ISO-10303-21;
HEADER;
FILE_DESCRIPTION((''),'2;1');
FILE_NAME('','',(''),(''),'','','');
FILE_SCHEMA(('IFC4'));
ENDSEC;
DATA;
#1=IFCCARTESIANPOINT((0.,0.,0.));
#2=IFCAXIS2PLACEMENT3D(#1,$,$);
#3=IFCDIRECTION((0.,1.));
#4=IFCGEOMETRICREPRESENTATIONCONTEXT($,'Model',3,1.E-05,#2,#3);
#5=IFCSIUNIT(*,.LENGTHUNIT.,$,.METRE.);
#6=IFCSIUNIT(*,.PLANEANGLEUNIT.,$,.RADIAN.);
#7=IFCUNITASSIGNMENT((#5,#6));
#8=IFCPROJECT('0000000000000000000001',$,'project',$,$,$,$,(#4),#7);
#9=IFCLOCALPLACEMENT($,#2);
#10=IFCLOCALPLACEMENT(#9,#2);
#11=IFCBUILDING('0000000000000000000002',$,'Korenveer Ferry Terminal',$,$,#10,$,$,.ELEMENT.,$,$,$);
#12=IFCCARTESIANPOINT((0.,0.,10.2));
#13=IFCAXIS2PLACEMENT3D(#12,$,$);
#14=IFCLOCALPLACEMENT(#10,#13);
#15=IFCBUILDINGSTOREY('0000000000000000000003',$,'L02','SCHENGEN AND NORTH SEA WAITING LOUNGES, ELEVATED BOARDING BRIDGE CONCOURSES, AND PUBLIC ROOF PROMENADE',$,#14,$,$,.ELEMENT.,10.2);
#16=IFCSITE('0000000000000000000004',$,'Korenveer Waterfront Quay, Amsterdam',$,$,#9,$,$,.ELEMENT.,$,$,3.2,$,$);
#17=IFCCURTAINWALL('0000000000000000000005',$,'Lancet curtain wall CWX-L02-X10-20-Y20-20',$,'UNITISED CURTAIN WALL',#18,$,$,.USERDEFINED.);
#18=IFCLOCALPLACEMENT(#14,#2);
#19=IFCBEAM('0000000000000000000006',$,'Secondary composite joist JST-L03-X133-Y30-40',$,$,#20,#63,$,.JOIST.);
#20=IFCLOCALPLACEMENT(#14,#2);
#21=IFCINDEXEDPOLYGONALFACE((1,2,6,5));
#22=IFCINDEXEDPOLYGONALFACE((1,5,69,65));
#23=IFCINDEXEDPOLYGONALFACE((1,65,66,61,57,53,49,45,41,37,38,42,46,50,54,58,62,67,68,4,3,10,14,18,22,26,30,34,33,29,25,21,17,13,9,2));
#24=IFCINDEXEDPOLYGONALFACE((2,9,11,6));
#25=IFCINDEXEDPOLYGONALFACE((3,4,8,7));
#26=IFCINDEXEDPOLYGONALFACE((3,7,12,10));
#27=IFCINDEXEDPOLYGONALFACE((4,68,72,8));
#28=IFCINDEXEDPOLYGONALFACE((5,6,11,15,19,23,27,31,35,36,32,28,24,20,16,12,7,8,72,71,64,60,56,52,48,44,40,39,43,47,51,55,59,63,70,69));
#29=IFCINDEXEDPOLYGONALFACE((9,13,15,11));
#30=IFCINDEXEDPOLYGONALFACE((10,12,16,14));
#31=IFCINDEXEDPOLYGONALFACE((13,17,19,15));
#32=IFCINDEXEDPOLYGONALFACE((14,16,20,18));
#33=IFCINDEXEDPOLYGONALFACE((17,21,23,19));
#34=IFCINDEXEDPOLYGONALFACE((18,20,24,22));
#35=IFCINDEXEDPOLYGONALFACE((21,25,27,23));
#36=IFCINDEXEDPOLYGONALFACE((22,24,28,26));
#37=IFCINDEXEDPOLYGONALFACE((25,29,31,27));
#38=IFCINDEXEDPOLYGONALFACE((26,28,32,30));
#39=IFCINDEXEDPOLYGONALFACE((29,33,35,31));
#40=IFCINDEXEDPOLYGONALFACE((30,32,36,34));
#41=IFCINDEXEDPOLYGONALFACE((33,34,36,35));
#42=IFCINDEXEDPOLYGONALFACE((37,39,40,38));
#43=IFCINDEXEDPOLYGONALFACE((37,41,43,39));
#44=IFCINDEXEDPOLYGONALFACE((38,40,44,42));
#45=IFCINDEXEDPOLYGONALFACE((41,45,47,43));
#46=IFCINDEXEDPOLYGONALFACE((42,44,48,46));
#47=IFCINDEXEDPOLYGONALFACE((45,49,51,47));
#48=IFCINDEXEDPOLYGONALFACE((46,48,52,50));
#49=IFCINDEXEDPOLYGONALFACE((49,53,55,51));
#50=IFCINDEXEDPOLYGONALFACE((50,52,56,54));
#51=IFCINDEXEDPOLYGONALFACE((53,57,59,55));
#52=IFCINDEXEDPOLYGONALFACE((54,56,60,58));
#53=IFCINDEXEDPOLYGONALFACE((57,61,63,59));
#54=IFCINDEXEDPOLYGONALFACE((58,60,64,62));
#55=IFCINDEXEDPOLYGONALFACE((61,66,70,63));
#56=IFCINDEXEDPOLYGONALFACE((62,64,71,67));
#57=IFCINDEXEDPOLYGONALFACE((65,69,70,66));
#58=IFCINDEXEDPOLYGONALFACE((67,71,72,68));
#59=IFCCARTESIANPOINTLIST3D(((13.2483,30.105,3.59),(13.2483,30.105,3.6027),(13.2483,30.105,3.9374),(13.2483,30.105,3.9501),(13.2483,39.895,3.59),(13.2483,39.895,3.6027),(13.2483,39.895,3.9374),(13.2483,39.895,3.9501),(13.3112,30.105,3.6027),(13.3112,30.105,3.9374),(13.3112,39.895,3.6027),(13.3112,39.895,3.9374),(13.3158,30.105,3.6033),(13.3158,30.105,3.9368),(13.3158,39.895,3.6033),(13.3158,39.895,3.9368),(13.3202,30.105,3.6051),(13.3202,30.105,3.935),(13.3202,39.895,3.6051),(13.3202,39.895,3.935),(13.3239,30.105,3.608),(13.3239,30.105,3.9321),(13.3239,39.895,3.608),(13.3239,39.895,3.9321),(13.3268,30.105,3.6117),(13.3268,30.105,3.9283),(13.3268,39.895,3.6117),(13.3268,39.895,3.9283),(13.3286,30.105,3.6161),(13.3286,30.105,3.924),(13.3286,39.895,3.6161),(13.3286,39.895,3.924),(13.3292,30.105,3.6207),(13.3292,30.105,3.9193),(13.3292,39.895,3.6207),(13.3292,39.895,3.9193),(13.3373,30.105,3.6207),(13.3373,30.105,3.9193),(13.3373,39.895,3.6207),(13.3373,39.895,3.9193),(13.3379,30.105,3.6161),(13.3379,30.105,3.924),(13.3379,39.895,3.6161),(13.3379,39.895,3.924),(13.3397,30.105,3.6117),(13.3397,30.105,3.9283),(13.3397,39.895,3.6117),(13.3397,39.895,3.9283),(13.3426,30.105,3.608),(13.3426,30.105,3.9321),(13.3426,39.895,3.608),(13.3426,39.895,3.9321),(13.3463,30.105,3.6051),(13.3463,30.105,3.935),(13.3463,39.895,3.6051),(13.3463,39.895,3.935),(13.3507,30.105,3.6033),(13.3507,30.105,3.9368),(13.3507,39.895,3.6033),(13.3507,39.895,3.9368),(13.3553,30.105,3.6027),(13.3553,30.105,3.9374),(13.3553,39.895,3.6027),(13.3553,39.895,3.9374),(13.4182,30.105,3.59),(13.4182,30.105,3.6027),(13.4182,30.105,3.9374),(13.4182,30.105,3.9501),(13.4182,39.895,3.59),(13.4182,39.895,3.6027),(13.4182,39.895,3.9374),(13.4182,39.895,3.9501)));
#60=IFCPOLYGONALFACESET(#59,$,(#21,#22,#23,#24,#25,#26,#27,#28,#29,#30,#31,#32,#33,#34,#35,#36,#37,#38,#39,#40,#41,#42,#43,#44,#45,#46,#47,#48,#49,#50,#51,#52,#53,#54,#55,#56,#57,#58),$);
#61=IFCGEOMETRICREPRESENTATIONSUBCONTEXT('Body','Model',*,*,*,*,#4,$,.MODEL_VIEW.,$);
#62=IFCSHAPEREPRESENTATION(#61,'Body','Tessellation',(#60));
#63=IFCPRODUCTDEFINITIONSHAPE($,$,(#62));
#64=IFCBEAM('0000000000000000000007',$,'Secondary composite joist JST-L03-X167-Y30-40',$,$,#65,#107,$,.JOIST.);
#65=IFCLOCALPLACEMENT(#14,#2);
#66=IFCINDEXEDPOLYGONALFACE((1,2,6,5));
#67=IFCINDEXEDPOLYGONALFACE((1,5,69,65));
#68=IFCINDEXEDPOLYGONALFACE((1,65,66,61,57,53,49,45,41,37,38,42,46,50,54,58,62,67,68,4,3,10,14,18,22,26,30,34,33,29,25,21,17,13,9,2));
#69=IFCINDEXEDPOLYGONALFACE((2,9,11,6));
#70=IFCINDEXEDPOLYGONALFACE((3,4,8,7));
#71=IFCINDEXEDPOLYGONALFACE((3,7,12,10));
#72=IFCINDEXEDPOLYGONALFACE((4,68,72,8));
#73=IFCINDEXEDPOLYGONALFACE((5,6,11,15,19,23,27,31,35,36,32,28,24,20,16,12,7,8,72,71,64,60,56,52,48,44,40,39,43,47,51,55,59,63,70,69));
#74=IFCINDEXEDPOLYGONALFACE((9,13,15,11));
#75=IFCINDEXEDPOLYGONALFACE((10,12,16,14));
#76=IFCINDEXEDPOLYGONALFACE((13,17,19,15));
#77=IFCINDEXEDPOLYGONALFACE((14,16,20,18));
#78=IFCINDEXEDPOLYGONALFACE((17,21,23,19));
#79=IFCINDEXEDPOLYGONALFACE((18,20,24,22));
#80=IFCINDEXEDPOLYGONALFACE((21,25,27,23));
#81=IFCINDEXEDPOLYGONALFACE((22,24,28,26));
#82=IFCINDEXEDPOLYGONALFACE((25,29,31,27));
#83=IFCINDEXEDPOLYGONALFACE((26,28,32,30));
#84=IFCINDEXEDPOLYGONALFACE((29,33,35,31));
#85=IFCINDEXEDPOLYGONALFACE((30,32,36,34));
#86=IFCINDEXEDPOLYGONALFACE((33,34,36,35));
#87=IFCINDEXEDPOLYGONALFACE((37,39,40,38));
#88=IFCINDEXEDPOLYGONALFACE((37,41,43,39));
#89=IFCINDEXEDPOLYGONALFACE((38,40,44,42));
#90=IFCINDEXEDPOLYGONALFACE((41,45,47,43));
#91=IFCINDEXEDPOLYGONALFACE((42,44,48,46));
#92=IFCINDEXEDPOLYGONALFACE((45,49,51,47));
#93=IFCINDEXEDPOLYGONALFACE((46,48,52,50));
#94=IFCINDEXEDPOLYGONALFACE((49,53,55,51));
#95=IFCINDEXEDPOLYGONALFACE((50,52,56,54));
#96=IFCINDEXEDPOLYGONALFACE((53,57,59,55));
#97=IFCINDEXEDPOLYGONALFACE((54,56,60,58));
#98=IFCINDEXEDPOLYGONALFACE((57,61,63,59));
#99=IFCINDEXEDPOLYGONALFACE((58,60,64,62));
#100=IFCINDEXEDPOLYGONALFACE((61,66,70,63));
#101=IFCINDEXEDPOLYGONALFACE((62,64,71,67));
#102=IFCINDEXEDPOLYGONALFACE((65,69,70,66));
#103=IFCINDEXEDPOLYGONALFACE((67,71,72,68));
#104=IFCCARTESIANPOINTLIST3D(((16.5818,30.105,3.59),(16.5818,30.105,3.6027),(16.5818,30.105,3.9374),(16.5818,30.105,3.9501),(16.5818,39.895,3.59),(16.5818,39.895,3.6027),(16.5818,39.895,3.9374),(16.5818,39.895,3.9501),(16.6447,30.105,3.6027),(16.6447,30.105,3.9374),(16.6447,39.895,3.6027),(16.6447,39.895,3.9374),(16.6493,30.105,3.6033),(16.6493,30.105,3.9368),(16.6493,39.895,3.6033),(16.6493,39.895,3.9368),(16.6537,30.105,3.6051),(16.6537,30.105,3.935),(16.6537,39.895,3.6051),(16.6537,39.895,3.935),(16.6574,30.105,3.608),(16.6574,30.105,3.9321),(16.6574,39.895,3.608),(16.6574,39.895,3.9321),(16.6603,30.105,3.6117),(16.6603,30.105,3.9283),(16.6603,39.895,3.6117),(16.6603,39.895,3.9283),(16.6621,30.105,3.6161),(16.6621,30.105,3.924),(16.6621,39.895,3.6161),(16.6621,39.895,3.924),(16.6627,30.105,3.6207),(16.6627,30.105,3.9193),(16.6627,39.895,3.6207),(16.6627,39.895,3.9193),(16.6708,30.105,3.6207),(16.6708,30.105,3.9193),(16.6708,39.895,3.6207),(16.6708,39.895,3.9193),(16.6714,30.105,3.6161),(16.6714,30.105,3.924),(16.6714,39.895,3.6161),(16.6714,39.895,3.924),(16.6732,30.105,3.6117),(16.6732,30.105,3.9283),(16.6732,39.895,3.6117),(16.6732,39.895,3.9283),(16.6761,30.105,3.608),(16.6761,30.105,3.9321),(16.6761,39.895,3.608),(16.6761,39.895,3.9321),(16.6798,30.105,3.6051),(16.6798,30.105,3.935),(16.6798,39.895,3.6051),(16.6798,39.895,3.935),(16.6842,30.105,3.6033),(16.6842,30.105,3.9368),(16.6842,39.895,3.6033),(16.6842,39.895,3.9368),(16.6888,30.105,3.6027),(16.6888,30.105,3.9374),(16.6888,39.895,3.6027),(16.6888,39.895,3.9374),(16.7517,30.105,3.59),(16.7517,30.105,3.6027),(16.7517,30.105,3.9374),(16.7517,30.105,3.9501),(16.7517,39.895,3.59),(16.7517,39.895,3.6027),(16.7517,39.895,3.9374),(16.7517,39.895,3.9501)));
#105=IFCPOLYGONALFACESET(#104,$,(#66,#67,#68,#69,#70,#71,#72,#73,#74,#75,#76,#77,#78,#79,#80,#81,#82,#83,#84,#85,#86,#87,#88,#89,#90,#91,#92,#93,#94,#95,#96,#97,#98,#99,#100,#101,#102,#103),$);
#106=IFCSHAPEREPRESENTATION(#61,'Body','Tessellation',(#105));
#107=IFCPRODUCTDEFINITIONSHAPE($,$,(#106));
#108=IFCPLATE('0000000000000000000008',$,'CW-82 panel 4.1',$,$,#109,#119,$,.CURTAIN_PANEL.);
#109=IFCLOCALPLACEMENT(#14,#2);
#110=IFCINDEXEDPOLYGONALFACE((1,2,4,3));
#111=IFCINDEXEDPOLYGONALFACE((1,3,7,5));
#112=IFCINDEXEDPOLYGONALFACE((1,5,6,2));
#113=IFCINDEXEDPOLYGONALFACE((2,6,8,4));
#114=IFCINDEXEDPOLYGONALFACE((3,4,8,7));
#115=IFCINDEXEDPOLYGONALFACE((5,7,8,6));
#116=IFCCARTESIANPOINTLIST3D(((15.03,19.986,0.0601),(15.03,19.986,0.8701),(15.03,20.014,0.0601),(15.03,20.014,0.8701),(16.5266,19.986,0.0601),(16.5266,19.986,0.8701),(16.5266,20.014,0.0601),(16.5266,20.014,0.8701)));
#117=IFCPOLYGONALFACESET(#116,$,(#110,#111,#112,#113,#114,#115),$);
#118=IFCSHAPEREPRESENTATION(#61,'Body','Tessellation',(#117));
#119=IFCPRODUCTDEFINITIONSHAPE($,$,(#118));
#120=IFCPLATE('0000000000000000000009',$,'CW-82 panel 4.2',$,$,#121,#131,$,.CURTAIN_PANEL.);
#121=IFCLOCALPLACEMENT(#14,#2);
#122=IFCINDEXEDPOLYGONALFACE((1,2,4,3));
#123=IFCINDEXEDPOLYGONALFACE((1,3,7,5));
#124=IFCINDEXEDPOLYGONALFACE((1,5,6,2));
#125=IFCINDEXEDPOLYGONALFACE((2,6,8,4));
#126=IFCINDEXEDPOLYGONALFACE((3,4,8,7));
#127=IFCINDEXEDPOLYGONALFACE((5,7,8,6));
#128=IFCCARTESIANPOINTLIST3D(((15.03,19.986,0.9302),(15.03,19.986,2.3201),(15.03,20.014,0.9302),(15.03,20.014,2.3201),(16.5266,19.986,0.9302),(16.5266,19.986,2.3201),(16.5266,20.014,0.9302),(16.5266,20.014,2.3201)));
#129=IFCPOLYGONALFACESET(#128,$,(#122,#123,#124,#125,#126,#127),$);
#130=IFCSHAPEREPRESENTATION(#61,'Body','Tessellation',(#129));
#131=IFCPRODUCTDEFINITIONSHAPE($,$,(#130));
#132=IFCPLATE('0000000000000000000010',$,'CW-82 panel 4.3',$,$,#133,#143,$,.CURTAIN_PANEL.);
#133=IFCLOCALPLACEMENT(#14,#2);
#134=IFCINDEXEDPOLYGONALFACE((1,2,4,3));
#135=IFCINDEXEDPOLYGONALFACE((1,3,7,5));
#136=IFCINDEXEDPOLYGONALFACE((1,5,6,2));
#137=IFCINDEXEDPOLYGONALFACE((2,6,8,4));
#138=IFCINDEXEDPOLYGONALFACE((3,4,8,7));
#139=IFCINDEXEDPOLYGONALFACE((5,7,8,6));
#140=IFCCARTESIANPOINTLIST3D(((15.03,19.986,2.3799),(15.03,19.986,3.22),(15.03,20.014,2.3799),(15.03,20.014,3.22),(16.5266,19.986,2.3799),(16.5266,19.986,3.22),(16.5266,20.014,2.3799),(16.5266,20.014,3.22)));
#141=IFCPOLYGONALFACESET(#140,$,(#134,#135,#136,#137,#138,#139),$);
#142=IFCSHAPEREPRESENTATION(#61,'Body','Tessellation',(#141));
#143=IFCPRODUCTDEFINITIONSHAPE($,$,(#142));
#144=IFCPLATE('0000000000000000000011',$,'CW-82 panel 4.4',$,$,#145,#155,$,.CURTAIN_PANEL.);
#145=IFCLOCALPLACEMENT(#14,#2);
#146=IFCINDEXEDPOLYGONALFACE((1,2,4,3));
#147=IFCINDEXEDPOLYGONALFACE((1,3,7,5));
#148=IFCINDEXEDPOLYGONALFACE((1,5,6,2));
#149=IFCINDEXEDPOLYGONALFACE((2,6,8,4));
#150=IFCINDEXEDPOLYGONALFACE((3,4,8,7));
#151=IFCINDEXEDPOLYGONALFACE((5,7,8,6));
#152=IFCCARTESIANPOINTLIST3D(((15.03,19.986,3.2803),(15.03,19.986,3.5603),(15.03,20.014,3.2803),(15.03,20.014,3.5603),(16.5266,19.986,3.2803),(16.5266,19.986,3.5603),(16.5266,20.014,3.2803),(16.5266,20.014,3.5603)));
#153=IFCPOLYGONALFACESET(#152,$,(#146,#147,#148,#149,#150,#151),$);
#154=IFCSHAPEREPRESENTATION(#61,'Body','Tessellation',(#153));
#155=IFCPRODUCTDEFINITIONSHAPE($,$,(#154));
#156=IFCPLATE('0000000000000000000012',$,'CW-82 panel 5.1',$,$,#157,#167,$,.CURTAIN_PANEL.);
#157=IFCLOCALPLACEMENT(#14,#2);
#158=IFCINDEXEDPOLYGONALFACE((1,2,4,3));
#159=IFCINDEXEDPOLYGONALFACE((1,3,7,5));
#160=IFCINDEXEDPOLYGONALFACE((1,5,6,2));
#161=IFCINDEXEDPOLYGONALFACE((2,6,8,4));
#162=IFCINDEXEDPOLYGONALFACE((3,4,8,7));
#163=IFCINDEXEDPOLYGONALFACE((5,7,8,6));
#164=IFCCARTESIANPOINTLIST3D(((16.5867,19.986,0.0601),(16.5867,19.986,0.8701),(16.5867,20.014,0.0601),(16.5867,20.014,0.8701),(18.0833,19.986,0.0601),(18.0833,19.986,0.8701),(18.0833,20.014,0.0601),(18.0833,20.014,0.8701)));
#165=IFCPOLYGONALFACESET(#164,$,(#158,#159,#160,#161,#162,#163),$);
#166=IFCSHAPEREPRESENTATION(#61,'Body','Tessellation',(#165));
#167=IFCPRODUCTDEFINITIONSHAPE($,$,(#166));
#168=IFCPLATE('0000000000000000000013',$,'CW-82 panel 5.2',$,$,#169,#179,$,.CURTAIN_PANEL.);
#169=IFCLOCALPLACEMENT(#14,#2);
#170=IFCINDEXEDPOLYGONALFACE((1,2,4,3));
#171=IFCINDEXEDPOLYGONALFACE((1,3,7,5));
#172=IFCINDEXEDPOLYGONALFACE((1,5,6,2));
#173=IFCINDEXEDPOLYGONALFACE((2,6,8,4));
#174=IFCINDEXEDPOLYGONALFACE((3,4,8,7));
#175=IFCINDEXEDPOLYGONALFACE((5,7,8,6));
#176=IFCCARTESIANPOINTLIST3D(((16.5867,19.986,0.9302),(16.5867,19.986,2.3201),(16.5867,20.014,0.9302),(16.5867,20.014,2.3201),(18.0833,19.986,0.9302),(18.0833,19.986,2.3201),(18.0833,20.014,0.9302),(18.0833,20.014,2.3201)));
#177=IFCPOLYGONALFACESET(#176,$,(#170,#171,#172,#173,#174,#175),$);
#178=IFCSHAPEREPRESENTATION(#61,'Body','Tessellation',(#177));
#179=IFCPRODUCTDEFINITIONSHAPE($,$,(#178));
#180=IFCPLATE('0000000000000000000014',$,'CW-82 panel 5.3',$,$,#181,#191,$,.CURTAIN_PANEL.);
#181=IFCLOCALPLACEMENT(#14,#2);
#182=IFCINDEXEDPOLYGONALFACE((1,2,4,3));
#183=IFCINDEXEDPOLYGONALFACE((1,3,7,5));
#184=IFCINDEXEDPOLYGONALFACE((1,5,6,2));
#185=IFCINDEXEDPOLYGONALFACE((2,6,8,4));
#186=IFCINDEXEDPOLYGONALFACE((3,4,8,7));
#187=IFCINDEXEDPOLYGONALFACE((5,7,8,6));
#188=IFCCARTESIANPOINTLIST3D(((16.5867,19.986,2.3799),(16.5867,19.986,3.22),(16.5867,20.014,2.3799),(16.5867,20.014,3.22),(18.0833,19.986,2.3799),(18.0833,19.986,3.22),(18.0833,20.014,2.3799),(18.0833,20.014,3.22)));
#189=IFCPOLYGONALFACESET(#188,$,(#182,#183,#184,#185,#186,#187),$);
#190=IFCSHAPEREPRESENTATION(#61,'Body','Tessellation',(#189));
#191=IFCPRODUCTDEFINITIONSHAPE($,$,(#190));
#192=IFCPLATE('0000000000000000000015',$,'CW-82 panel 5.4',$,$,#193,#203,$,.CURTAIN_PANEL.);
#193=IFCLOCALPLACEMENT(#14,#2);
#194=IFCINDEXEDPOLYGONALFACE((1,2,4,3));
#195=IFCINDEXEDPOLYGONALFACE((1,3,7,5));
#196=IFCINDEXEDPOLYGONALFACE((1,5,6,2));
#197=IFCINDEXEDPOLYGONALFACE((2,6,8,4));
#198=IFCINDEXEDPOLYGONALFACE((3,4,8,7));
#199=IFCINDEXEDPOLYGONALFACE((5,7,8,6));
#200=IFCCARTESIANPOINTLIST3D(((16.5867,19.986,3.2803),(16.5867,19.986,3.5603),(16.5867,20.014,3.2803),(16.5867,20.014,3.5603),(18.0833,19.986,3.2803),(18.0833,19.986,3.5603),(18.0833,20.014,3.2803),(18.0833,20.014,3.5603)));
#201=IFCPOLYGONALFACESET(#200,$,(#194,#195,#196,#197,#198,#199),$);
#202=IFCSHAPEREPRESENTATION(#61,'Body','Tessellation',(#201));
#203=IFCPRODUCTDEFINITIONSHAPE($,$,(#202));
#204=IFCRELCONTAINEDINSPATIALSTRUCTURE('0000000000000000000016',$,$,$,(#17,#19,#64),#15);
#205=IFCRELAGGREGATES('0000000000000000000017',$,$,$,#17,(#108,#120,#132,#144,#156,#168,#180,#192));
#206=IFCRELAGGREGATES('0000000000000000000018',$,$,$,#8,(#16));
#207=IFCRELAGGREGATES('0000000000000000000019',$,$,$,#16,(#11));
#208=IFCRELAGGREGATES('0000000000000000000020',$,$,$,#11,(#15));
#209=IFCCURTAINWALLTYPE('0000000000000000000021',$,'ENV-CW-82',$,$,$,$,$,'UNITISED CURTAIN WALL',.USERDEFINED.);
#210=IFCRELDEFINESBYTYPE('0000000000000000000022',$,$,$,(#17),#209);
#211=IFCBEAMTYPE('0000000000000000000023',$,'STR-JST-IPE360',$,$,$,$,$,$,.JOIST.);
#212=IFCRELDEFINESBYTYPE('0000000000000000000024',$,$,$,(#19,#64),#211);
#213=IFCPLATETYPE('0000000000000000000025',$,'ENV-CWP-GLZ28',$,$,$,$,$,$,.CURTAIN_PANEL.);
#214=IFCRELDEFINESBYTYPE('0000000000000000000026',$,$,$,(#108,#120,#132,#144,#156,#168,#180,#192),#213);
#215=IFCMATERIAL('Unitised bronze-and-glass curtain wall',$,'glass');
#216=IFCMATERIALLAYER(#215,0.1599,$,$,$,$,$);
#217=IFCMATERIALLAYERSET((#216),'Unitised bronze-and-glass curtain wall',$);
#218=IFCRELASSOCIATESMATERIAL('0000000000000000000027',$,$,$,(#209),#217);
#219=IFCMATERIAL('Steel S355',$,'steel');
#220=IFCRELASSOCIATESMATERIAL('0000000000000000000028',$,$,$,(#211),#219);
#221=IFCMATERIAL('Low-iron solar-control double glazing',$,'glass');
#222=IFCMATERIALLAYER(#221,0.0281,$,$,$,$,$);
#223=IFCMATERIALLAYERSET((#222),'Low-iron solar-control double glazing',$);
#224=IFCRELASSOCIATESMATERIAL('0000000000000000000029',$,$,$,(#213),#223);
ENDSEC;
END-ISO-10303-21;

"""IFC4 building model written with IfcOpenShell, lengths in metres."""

from ifc_helpers import new_model, si_unit, direction, frame, origin, origin_2d, place, context, subcontext, project, spatial, rectangle, i_section, extrude, material, layer, layer_set, material_profile, profile_set, type_object, element, aggregate, save


model = new_model("IFC4")

# Units and contexts
model_context = context("Model", 3, precision=1e-05, world=origin(), true_north=direction((0.0, 1.0)))
body_context = subcontext(model_context, "Body", "Model", "MODEL_VIEW")
ifc_project = project(units=[si_unit("LENGTHUNIT", "METRE"), si_unit("PLANEANGLEUNIT", "RADIAN")], contexts=[model_context])

# Site, building, storey
site_placement = place(None, origin())
site = spatial("IfcSite", under=ifc_project, at=site_placement, Name="Korenveer Waterfront Quay, Amsterdam", CompositionType="ELEMENT", RefElevation=3.2)
building_placement = place(site_placement, origin())
building = spatial("IfcBuilding", under=site, at=building_placement, Name="Korenveer Ferry Terminal", CompositionType="ELEMENT")
storey_placement = place(building_placement, frame((0.0, 0.0, 10.2)))
storey = spatial("IfcBuildingStorey", under=building, at=storey_placement, Name="L02", Description="SCHENGEN AND NORTH SEA WAITING LOUNGES, ELEVATED BOARDING BRIDGE CONCOURSES, AND PUBLIC ROOF PROMENADE", CompositionType="ELEMENT", Elevation=10.2)

# Curtain wall
ifc_material_1 = material(Name="Unitised bronze-and-glass curtain wall", Category="glass")
ifc_layer_1 = layer(ifc_material_1, 0.1599)
ifc_layer_set_1 = layer_set([ifc_layer_1], Name="Unitised bronze-and-glass curtain wall")
curtain_wall_type = type_object("IfcCurtainWallType", Name="ENV-CW-82", ElementType="UNITISED CURTAIN WALL", PredefinedType="USERDEFINED", material=ifc_layer_set_1)
curtain_wall_placement = place(storey_placement, frame((10.3301, 20.0, 0.0)))
curtain_wall = element("IfcCurtainWall", 1, at=curtain_wall_placement, inside=storey, type_object=curtain_wall_type, Name="Lancet curtain wall CWX-L02-X10-20-Y20-20", ObjectType="UNITISED CURTAIN WALL", PredefinedType="USERDEFINED")

# Beams
ifc_material_2 = material(Name="Steel S355", Category="steel")
ifc_material_profile_1 = material_profile(ifc_material_2, i_section(OverallWidth=0.1699, OverallDepth=0.3601, WebThickness=0.0081, FlangeThickness=0.0127, FilletRadius=0.0181, at=origin_2d()), Name="IPE 360")
ifc_profile_set_1 = profile_set([ifc_material_profile_1], Name="Steel S355")
beam_type = type_object("IfcBeamType", Name="STR-JST-IPE360", PredefinedType="JOIST", material=ifc_profile_set_1)
for number, where, z_axis, x_axis, name in (
    (2, (13.3333, 30.105, 3.77), (0.0, 1.0, 0.0), (-1.0, 0.0, 0.0), "Secondary composite joist JST-L03-X133-Y30-40"),
    (3, (16.6667, 30.105, 3.77), (0.0, 1.0, 0.0), (-1.0, 0.0, 0.0), "Secondary composite joist JST-L03-X167-Y30-40"),
):
    element("IfcBeam", number, at=place(storey_placement, frame(where, z_axis=z_axis, x_axis=x_axis)), inside=storey, type_object=beam_type, Name=name, PredefinedType="JOIST", context=body_context, shape_type="SweptSolid", body=[
        extrude(i_section(OverallWidth=0.1699, OverallDepth=0.3601, WebThickness=0.0081, FlangeThickness=0.0127, FilletRadius=0.0181, at=origin_2d()), origin(), (0.0, 0.0, 1.0), 9.79),
    ])

# Plates
ifc_material_3 = material(Name="Low-iron solar-control double glazing", Category="glass")
ifc_layer_2 = layer(ifc_material_3, 0.0281)
ifc_layer_set_2 = layer_set([ifc_layer_2], Name="Low-iron solar-control double glazing")
plate_type = type_object("IfcPlateType", Name="ENV-CWP-GLZ28", PredefinedType="CURTAIN_PANEL", material=ifc_layer_set_2)
plate_1_placement = place(storey_placement, frame((15.7783, 20.0, 0.0601), z_axis=(0.0, 0.0, 1.0), x_axis=(1.0, 0.0, 0.0)))
plate_1 = element("IfcPlate", 4, at=plate_1_placement, type_object=plate_type, Name="CW-82 panel 4.1", PredefinedType="CURTAIN_PANEL", context=body_context, shape_type="SweptSolid", body=[
    extrude(rectangle(XDim=1.4966, YDim=0.0281, at=origin_2d()), origin(), (0.0, 0.0, 1.0), 0.8101),
])
plate_2_placement = place(storey_placement, frame((15.7783, 20.0, 0.9302), z_axis=(0.0, 0.0, 1.0), x_axis=(1.0, 0.0, 0.0)))
plate_2 = element("IfcPlate", 5, at=plate_2_placement, type_object=plate_type, Name="CW-82 panel 4.2", PredefinedType="CURTAIN_PANEL", context=body_context, shape_type="SweptSolid", body=[
    extrude(rectangle(XDim=1.4966, YDim=0.0281, at=origin_2d()), origin(), (0.0, 0.0, 1.0), 1.3899),
])
plate_3_placement = place(storey_placement, frame((15.7783, 20.0, 2.3799), z_axis=(0.0, 0.0, 1.0), x_axis=(1.0, 0.0, 0.0)))
plate_3 = element("IfcPlate", 6, at=plate_3_placement, type_object=plate_type, Name="CW-82 panel 4.3", PredefinedType="CURTAIN_PANEL", context=body_context, shape_type="SweptSolid", body=[
    extrude(rectangle(XDim=1.4966, YDim=0.0281, at=origin_2d()), origin(), (0.0, 0.0, 1.0), 0.8401),
])
plate_4_placement = place(storey_placement, frame((15.7783, 20.0, 3.2803), z_axis=(0.0, 0.0, 1.0), x_axis=(1.0, 0.0, 0.0)))
plate_4 = element("IfcPlate", 7, at=plate_4_placement, type_object=plate_type, Name="CW-82 panel 4.4", PredefinedType="CURTAIN_PANEL", context=body_context, shape_type="SweptSolid", body=[
    extrude(rectangle(XDim=1.4966, YDim=0.0281, at=origin_2d()), origin(), (0.0, 0.0, 1.0), 0.28),
])
plate_5_placement = place(storey_placement, frame((17.335, 20.0, 0.0601), z_axis=(0.0, 0.0, 1.0), x_axis=(1.0, 0.0, 0.0)))
plate_5 = element("IfcPlate", 8, at=plate_5_placement, type_object=plate_type, Name="CW-82 panel 5.1", PredefinedType="CURTAIN_PANEL", context=body_context, shape_type="SweptSolid", body=[
    extrude(rectangle(XDim=1.4966, YDim=0.0281, at=origin_2d()), origin(), (0.0, 0.0, 1.0), 0.8101),
])
plate_6_placement = place(storey_placement, frame((17.335, 20.0, 0.9302), z_axis=(0.0, 0.0, 1.0), x_axis=(1.0, 0.0, 0.0)))
plate_6 = element("IfcPlate", 9, at=plate_6_placement, type_object=plate_type, Name="CW-82 panel 5.2", PredefinedType="CURTAIN_PANEL", context=body_context, shape_type="SweptSolid", body=[
    extrude(rectangle(XDim=1.4966, YDim=0.0281, at=origin_2d()), origin(), (0.0, 0.0, 1.0), 1.3899),
])
plate_7_placement = place(storey_placement, frame((17.335, 20.0, 2.3799), z_axis=(0.0, 0.0, 1.0), x_axis=(1.0, 0.0, 0.0)))
plate_7 = element("IfcPlate", 10, at=plate_7_placement, type_object=plate_type, Name="CW-82 panel 5.3", PredefinedType="CURTAIN_PANEL", context=body_context, shape_type="SweptSolid", body=[
    extrude(rectangle(XDim=1.4966, YDim=0.0281, at=origin_2d()), origin(), (0.0, 0.0, 1.0), 0.8401),
])
plate_8_placement = place(storey_placement, frame((17.335, 20.0, 3.2803), z_axis=(0.0, 0.0, 1.0), x_axis=(1.0, 0.0, 0.0)))
plate_8 = element("IfcPlate", 11, at=plate_8_placement, type_object=plate_type, Name="CW-82 panel 5.4", PredefinedType="CURTAIN_PANEL", context=body_context, shape_type="SweptSolid", body=[
    extrude(rectangle(XDim=1.4966, YDim=0.0281, at=origin_2d()), origin(), (0.0, 0.0, 1.0), 0.28),
])
aggregate(curtain_wall, [plate_1, plate_2, plate_3, plate_4, plate_5, plate_6, plate_7, plate_8])

save(model, "model.ifc")
